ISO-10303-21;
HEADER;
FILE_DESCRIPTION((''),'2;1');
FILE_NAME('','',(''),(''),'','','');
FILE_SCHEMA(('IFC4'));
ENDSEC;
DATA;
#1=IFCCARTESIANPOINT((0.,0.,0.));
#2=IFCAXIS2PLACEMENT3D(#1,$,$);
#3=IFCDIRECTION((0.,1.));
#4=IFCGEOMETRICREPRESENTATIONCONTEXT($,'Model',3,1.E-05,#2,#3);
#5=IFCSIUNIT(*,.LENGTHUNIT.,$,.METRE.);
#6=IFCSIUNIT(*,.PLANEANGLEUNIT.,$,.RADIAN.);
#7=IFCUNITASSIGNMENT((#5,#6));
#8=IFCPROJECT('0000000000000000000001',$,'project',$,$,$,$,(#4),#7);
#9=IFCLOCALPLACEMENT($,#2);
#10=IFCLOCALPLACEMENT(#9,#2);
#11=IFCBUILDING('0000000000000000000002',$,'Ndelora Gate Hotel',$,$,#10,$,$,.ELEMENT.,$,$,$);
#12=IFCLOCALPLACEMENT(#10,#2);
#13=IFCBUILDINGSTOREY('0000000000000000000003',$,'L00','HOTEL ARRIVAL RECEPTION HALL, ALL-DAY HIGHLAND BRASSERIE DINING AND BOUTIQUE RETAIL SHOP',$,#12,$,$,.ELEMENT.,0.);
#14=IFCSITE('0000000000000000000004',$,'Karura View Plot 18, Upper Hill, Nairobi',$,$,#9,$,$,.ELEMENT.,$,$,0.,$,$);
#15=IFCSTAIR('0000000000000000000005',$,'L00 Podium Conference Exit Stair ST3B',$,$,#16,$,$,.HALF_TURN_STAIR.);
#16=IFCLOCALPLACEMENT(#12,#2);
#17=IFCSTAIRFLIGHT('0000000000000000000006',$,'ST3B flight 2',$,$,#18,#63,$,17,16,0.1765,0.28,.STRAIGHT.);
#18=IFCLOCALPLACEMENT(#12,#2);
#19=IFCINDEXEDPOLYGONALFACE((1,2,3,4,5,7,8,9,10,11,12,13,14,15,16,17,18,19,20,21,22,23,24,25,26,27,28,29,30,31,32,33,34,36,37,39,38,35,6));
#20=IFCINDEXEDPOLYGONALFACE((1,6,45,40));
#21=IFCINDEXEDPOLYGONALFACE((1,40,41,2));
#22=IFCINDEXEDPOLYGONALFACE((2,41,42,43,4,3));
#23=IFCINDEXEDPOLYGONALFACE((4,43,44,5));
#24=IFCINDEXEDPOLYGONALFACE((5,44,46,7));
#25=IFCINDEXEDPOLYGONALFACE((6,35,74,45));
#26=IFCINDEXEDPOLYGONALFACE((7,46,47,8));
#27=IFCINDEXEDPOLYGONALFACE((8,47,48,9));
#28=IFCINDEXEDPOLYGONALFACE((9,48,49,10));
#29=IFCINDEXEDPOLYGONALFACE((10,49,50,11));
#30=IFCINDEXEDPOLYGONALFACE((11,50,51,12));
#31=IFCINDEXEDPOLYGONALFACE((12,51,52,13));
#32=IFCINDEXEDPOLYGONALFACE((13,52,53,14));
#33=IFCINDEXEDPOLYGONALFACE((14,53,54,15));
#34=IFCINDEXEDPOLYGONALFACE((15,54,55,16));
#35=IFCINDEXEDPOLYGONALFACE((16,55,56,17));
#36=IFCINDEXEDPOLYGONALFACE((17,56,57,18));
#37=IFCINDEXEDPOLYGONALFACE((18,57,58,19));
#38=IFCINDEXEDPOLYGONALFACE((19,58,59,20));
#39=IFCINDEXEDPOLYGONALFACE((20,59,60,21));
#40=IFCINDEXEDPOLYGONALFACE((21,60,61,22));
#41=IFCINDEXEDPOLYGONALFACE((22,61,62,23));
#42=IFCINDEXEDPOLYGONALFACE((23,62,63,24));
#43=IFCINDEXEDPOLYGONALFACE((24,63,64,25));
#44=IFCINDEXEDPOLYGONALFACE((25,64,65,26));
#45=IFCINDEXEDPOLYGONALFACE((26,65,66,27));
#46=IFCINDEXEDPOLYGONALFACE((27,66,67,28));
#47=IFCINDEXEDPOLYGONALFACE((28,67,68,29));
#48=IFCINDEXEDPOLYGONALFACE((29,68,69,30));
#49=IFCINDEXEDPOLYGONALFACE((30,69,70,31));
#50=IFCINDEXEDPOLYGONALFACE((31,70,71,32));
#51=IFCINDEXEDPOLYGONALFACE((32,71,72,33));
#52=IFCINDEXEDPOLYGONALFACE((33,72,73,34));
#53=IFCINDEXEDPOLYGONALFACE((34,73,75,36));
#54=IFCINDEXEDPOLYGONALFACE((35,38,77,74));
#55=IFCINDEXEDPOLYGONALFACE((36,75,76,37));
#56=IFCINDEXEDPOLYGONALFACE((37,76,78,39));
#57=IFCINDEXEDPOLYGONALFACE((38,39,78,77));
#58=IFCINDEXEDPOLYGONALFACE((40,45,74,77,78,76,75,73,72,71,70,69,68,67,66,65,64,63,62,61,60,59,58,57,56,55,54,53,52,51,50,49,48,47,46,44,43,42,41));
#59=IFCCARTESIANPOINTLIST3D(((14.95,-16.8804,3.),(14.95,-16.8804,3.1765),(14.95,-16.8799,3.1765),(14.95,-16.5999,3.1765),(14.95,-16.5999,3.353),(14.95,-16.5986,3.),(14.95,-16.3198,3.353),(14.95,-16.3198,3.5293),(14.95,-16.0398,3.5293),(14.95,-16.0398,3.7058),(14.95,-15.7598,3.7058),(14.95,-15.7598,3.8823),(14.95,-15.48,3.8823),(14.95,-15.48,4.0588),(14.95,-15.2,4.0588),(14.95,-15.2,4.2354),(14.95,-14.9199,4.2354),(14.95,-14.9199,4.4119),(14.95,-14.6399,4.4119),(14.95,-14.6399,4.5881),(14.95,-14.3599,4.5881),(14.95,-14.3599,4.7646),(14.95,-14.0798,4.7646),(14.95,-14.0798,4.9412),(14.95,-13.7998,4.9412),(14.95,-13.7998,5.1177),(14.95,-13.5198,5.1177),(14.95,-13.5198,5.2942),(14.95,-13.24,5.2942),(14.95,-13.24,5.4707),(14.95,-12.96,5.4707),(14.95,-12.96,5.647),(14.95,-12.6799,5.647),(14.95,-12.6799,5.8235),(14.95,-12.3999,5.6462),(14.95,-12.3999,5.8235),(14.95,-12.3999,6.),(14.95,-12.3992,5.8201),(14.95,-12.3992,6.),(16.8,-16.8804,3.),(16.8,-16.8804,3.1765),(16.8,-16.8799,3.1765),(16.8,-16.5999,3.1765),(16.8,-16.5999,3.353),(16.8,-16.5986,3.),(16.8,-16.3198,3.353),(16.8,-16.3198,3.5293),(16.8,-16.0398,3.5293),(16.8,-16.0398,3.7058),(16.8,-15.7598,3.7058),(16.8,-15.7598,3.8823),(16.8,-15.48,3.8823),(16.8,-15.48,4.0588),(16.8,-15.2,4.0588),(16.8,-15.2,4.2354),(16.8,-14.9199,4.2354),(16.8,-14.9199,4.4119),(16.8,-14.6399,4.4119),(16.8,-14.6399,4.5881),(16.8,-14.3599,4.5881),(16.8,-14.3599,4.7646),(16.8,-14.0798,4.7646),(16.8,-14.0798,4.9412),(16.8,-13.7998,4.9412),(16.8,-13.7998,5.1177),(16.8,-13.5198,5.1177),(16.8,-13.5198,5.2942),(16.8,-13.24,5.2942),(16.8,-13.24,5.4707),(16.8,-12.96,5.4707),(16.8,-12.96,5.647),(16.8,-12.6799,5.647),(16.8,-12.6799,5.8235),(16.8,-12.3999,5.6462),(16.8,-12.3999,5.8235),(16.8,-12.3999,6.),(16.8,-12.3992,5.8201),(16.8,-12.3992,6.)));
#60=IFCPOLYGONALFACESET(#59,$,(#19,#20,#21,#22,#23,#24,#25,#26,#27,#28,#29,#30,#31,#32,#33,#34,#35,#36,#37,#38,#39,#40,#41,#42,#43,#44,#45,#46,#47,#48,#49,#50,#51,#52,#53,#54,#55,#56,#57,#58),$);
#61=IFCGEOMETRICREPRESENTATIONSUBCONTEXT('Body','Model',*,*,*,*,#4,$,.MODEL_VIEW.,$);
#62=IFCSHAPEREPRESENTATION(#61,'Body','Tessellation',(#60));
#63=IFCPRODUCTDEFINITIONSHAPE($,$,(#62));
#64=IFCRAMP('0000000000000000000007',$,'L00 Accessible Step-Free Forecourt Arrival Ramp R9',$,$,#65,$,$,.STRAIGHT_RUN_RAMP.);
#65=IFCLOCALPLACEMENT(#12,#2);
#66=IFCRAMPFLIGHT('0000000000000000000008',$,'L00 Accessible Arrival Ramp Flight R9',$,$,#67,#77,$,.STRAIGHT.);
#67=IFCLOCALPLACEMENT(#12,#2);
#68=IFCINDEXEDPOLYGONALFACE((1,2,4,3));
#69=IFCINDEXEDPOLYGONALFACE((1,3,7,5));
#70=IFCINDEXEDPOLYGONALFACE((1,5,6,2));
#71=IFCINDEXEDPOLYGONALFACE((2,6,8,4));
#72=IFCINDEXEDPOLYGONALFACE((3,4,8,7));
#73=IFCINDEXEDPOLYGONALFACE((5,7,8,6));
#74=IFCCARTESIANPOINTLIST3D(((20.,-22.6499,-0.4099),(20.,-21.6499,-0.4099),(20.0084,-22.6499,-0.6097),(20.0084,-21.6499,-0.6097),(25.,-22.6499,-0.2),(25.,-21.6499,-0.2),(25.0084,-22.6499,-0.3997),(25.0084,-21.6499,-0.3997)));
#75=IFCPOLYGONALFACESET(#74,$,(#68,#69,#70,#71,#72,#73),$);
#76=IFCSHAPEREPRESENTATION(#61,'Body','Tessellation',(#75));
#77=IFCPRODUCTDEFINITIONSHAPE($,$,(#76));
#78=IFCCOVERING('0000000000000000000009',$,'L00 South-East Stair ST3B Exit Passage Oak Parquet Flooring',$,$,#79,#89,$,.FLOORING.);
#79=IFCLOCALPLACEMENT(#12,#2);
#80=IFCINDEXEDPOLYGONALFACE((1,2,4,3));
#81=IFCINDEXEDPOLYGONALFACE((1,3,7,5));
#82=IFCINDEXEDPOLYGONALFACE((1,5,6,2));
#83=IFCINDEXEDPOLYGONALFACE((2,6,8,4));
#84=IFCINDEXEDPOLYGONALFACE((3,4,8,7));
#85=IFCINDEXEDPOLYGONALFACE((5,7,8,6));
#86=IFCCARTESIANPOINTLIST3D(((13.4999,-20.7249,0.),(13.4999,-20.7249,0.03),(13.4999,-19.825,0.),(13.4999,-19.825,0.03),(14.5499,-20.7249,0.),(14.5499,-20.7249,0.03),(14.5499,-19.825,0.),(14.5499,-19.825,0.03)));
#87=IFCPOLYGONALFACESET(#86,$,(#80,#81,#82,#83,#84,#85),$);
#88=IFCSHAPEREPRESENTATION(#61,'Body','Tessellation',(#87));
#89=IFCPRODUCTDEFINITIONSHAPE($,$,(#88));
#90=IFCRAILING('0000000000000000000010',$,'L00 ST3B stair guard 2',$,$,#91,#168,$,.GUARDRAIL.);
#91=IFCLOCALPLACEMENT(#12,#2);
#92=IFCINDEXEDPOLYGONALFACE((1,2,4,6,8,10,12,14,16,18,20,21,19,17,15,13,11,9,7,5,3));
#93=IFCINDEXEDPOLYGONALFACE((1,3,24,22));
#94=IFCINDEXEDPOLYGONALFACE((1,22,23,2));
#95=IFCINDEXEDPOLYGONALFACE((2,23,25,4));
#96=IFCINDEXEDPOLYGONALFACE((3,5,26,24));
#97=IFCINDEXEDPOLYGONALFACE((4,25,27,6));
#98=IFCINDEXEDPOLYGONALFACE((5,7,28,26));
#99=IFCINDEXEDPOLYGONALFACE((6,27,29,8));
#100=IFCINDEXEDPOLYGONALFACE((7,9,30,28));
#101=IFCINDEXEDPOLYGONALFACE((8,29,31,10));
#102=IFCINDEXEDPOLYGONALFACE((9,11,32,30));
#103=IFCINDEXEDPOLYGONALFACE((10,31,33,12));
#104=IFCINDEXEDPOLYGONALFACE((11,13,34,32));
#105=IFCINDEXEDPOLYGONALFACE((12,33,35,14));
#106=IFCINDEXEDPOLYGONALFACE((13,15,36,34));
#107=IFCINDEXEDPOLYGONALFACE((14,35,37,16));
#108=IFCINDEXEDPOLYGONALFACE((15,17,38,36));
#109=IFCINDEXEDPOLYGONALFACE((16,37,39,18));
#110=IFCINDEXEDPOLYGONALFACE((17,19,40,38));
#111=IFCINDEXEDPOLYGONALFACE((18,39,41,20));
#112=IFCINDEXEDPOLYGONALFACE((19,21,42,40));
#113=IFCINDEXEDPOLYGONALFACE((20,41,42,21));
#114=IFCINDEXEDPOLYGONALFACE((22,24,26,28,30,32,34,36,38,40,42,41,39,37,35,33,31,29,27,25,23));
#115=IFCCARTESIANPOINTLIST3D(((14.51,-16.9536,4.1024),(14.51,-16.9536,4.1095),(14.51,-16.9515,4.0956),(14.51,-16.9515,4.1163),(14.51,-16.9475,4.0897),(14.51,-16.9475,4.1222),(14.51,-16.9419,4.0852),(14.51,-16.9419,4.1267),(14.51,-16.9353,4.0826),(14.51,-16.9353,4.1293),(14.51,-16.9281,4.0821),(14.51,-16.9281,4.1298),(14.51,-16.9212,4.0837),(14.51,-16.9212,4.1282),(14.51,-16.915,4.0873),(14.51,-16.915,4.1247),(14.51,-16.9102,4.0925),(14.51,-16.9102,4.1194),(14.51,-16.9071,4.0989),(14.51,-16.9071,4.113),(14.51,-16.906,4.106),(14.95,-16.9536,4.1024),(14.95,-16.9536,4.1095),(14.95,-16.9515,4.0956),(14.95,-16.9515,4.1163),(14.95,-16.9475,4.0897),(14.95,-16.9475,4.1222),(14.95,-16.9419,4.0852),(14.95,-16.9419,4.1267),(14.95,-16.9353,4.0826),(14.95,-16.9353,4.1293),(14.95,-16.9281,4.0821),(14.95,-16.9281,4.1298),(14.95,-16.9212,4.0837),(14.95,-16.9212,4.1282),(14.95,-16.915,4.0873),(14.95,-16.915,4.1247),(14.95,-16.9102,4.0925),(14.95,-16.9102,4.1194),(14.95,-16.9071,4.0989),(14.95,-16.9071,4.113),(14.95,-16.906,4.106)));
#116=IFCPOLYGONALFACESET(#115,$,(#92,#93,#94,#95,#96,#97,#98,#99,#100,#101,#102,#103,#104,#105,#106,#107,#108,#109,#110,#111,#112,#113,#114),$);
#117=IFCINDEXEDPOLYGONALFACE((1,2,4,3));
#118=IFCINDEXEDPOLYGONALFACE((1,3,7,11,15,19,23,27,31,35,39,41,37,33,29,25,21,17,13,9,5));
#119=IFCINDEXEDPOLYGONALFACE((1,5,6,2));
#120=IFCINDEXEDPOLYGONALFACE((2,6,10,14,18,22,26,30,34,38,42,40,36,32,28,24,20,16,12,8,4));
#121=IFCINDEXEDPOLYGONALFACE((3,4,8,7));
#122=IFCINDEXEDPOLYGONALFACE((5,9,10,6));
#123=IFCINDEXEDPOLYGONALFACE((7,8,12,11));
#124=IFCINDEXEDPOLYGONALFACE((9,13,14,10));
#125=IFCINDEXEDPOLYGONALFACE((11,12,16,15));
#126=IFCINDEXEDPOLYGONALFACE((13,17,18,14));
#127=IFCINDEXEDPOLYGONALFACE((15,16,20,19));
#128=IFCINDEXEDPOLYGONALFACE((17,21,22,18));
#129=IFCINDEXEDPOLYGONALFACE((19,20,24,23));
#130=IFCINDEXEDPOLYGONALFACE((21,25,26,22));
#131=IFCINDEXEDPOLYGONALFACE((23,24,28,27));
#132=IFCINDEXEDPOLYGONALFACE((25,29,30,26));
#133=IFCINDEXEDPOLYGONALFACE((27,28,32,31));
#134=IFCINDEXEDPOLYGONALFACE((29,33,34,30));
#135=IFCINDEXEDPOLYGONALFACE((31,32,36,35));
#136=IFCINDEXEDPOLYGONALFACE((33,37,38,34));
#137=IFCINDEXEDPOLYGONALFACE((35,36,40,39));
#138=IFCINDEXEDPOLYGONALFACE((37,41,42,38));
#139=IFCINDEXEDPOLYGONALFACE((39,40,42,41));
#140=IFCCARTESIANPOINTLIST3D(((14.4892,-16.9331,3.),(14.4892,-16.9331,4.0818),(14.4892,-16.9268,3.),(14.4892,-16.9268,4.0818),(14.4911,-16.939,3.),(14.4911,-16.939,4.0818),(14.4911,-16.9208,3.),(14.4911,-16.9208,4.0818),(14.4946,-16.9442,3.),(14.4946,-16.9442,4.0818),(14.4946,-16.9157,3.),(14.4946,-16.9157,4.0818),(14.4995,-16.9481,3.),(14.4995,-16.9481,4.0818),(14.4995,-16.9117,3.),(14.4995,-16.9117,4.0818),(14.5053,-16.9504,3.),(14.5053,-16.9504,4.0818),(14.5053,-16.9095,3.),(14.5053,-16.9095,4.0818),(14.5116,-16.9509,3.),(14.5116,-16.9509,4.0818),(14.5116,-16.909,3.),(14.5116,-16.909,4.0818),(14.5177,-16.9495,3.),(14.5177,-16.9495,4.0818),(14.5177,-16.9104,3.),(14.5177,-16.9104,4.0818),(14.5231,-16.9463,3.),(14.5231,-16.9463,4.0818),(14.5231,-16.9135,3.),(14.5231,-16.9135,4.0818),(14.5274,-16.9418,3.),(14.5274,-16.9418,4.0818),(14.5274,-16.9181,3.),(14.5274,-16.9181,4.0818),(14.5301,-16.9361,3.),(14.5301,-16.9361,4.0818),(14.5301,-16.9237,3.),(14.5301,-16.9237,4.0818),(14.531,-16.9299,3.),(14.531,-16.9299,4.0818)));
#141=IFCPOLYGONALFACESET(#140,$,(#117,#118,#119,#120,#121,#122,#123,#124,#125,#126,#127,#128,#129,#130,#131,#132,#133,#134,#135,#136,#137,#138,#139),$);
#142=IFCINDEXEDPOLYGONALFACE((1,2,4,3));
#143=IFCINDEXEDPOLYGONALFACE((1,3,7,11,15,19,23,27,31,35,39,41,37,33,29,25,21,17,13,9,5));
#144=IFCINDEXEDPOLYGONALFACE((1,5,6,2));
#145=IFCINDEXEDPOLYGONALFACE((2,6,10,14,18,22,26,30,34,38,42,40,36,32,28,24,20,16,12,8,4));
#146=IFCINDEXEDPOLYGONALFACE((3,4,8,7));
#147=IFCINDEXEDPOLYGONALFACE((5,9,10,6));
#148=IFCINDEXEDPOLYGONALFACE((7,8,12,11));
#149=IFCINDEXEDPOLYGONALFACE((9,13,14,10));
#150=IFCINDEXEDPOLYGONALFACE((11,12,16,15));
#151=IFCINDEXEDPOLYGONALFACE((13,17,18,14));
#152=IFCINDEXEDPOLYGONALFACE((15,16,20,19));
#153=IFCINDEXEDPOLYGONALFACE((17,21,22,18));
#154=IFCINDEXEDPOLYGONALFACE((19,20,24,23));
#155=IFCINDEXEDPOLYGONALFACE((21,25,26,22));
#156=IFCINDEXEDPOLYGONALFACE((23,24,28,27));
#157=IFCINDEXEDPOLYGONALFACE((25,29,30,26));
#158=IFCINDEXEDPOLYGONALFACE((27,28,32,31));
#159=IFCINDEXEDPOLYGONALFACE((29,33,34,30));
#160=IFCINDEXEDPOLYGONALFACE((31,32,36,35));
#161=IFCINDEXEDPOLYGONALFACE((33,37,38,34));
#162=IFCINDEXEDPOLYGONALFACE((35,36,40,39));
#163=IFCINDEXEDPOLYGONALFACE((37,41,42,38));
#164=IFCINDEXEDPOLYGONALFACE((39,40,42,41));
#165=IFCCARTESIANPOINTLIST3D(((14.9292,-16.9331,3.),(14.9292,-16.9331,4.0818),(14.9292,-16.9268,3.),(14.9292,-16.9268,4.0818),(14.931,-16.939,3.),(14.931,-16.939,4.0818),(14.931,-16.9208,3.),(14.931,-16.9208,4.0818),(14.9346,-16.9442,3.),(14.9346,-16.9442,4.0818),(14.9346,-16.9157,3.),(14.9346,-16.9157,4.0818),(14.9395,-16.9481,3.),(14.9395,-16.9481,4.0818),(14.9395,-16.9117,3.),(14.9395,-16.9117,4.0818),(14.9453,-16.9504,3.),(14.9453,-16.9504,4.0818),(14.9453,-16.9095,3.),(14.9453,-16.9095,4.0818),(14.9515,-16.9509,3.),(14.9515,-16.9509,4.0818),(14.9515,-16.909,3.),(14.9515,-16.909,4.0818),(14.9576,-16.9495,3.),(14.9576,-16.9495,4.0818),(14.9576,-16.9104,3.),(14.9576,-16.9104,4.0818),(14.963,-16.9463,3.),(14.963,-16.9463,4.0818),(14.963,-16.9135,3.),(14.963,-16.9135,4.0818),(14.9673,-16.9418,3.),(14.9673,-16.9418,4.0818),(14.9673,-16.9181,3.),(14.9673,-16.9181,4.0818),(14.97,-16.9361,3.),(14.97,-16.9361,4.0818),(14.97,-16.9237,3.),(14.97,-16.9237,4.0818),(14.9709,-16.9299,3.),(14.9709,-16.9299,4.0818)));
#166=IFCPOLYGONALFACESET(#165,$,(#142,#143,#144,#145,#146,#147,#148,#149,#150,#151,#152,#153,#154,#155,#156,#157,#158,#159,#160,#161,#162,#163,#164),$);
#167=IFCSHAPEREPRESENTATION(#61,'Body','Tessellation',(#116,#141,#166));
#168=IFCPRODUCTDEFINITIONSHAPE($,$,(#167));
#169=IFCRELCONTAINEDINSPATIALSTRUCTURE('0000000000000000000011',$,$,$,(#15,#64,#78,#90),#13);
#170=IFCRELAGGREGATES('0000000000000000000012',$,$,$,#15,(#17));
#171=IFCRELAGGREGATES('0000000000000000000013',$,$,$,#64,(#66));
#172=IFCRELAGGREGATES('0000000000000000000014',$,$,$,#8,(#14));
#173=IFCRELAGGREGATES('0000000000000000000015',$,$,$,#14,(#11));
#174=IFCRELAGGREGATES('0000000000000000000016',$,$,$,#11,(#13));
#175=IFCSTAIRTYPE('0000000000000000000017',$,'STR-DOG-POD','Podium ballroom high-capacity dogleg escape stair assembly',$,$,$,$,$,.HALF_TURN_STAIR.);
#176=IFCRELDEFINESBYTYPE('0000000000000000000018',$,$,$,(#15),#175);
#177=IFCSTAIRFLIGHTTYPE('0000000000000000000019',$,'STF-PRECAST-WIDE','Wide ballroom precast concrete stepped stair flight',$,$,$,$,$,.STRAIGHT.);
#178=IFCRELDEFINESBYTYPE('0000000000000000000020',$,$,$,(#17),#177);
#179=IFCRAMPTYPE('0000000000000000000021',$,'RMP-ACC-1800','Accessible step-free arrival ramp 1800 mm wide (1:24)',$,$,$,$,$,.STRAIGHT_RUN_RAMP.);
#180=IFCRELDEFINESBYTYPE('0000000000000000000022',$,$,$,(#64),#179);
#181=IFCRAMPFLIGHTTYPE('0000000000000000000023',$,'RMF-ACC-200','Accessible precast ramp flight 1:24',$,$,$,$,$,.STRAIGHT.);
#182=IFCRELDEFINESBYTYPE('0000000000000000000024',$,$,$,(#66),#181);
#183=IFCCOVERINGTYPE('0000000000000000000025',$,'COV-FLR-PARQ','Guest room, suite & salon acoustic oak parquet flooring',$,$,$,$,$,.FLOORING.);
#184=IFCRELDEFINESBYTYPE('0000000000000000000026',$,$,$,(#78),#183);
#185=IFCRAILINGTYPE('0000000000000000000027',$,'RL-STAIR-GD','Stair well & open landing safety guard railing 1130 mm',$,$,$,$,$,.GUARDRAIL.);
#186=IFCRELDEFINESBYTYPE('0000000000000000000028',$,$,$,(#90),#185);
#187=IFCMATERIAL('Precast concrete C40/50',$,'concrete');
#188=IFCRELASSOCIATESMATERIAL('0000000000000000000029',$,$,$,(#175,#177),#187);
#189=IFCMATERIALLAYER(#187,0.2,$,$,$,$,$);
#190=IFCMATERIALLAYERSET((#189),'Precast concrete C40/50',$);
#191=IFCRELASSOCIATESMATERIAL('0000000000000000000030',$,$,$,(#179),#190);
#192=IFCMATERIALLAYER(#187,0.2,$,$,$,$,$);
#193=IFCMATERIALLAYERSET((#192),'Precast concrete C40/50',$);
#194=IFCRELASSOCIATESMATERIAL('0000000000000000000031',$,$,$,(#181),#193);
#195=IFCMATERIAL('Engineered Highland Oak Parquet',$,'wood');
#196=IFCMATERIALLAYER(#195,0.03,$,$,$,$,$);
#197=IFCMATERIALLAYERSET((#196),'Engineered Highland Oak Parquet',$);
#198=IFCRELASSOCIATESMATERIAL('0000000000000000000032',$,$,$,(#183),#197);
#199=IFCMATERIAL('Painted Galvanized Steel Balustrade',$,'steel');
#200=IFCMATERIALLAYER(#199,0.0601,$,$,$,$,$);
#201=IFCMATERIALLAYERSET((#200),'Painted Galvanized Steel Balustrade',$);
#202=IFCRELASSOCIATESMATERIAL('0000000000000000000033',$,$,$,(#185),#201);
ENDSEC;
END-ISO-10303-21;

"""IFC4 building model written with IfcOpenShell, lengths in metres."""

from ifc_helpers import new_model, si_unit, direction, frame, origin, origin_2d, place, context, subcontext, project, spatial, polyline, rectangle, circle, outline, extrude, material, layer, layer_set, type_object, element, aggregate, save


model = new_model("IFC4")

# Units and contexts
model_context = context("Model", 3, precision=1e-05, world=origin(), true_north=direction((0.0, 1.0)))
body_context = subcontext(model_context, "Body", "Model", "MODEL_VIEW")
ifc_project = project(units=[si_unit("LENGTHUNIT", "METRE"), si_unit("PLANEANGLEUNIT", "RADIAN")], contexts=[model_context])

# Site, building, storey
site_placement = place(None, origin())
site = spatial("IfcSite", under=ifc_project, at=site_placement, Name="Karura View Plot 18, Upper Hill, Nairobi", CompositionType="ELEMENT", RefElevation=0.0)
building_placement = place(site_placement, origin())
building = spatial("IfcBuilding", under=site, at=building_placement, Name="Ndelora Gate Hotel", CompositionType="ELEMENT")
storey_placement = place(building_placement, origin())
storey = spatial("IfcBuildingStorey", under=building, at=storey_placement, Name="L00", Description="HOTEL ARRIVAL RECEPTION HALL, ALL-DAY HIGHLAND BRASSERIE DINING AND BOUTIQUE RETAIL SHOP", CompositionType="ELEMENT", Elevation=0.0)

# Stair, stair flight
ifc_material_1 = material(Name="Precast concrete C40/50", Category="concrete")
stair_type = type_object("IfcStairType", Name="STR-DOG-POD", Description="Podium ballroom high-capacity dogleg escape stair assembly", PredefinedType="HALF_TURN_STAIR", material=ifc_material_1)
stair_placement = place(storey_placement, origin())
stair = element("IfcStair", 1, at=stair_placement, inside=storey, type_object=stair_type, Name="L00 Podium Conference Exit Stair ST3B", PredefinedType="HALF_TURN_STAIR")
stair_flight_type = type_object("IfcStairFlightType", Name="STF-PRECAST-WIDE", Description="Wide ballroom precast concrete stepped stair flight", PredefinedType="STRAIGHT", material=ifc_material_1)
stair_flight_placement = place(storey_placement, frame((15.875, -16.8799, 3.0), z_axis=(0.0, 0.0, 1.0), x_axis=(0.0, 1.0, 0.0)))
stair_flight = element("IfcStairFlight", 2, at=stair_flight_placement, type_object=stair_flight_type, Name="ST3B flight 2", NumberOfRisers=17, NumberOfTreads=16, PredefinedType="STRAIGHT", RiserHeight=0.1765, TreadLength=0.28, context=body_context, shape_type="SweptSolid", body=[
    extrude(outline(polyline([(-0.0005, 0.0), (-0.0005, 0.1765), (0.0, 0.1765), (0.28, 0.1765), (0.28, 0.353), (0.5601, 0.353), (0.5601, 0.5293), (0.8401, 0.5293), (0.8401, 0.7058), (1.1201, 0.7058), (1.1201, 0.8823), (1.3999, 0.8823), (1.3999, 1.0588), (1.6799, 1.0588), (1.6799, 1.2354), (1.96, 1.2354), (1.96, 1.4119), (2.24, 1.4119), (2.24, 1.5881), (2.52, 1.5881), (2.52, 1.7646), (2.8, 1.7646), (2.8, 1.9412), (3.0801, 1.9412), (3.0801, 2.1177), (3.3601, 2.1177), (3.3601, 2.2942), (3.6399, 2.2942), (3.6399, 2.4707), (3.9199, 2.4707), (3.9199, 2.647), (4.2, 2.647), (4.2, 2.8235), (4.48, 2.8235), (4.48, 3.0), (4.4807, 3.0), (4.4807, 2.8201), (4.48, 2.6462), (0.2812, 0.0), (-0.0005, 0.0)])), frame((0.0, 0.925, 0.0), z_axis=(0.0, -1.0, 0.0), x_axis=(1.0, 0.0, 0.0)), (0.0, 0.0, 1.0), 1.8501),
])
aggregate(stair, [stair_flight])

# Ramp, ramp flight
ifc_layer_1 = layer(ifc_material_1, 0.2)
ifc_layer_set_1 = layer_set([ifc_layer_1], Name="Precast concrete C40/50")
ramp_type = type_object("IfcRampType", Name="RMP-ACC-1800", Description="Accessible step-free arrival ramp 1800 mm wide (1:24)", PredefinedType="STRAIGHT_RUN_RAMP", material=ifc_layer_set_1)
ramp_placement = place(storey_placement, origin())
ramp = element("IfcRamp", 3, at=ramp_placement, inside=storey, type_object=ramp_type, Name="L00 Accessible Step-Free Forecourt Arrival Ramp R9", PredefinedType="STRAIGHT_RUN_RAMP")
ifc_layer_2 = layer(ifc_material_1, 0.2)
ifc_layer_set_2 = layer_set([ifc_layer_2], Name="Precast concrete C40/50")
ramp_flight_type = type_object("IfcRampFlightType", Name="RMF-ACC-200", Description="Accessible precast ramp flight 1:24", PredefinedType="STRAIGHT", material=ifc_layer_set_2)
ramp_flight_placement = place(storey_placement, frame((20.0, -22.6499, -0.4099), z_axis=(-0.041955, 0.0, 0.999119), x_axis=(0.999119, 0.0, 0.041955)))
ramp_flight = element("IfcRampFlight", 4, at=ramp_flight_placement, type_object=ramp_flight_type, Name="L00 Accessible Arrival Ramp Flight R9", PredefinedType="STRAIGHT", context=body_context, shape_type="SweptSolid", body=[
    extrude(outline(polyline([(0.0, 0.0), (5.0044, 0.0), (5.0044, 1.0), (0.0, 1.0), (0.0, 0.0)])), origin(), (0.0, 0.0, -1.0), 0.2),
])
aggregate(ramp, [ramp_flight])

# Covering
ifc_material_2 = material(Name="Engineered Highland Oak Parquet", Category="wood")
ifc_layer_3 = layer(ifc_material_2, 0.03)
ifc_layer_set_3 = layer_set([ifc_layer_3], Name="Engineered Highland Oak Parquet")
covering_type = type_object("IfcCoveringType", Name="COV-FLR-PARQ", Description="Guest room, suite & salon acoustic oak parquet flooring", PredefinedType="FLOORING", material=ifc_layer_set_3)
covering_placement = place(storey_placement, frame((14.0249, -20.2749, 0.0), z_axis=(0.0, 0.0, 1.0), x_axis=(1.0, 0.0, 0.0)))
element("IfcCovering", 5, at=covering_placement, inside=storey, type_object=covering_type, Name="L00 South-East Stair ST3B Exit Passage Oak Parquet Flooring", PredefinedType="FLOORING", context=body_context, shape_type="SweptSolid", body=[
    extrude(rectangle(XDim=1.05, YDim=0.8999, at=origin_2d()), origin(), (0.0, 0.0, 1.0), 0.03),
])

# Railing
ifc_material_3 = material(Name="Painted Galvanized Steel Balustrade", Category="steel")
ifc_layer_4 = layer(ifc_material_3, 0.0601)
ifc_layer_set_4 = layer_set([ifc_layer_4], Name="Painted Galvanized Steel Balustrade")
railing_type_1 = type_object("IfcRailingType", Name="RL-STAIR-GD", Description="Stair well & open landing safety guard railing 1130 mm", PredefinedType="GUARDRAIL", material=ifc_layer_set_4)
railing_1_placement = place(storey_placement, frame((14.51, -16.9299, 3.0)))
element("IfcRailing", 6, at=railing_1_placement, inside=storey, type_object=railing_type_1, Name="L00 ST3B stair guard 2", PredefinedType="GUARDRAIL", context=body_context, shape_type="SweptSolid", body=[
    extrude(circle(Radius=0.0239, at=origin_2d()), frame((0.0, 0.0, 1.106), z_axis=(1.0, 0.0, 0.0), x_axis=(0.0, 1.0, 0.0)), (0.0, 0.0, 1.0), 0.4399),
    extrude(circle(Radius=0.021, at=origin_2d()), origin(), (0.0, 0.0, 1.0), 1.0818),
    extrude(circle(Radius=0.021, at=origin_2d()), frame((0.4399, 0.0, 0.0)), (0.0, 0.0, 1.0), 1.0818),
])

save(model, "model.ifc")
